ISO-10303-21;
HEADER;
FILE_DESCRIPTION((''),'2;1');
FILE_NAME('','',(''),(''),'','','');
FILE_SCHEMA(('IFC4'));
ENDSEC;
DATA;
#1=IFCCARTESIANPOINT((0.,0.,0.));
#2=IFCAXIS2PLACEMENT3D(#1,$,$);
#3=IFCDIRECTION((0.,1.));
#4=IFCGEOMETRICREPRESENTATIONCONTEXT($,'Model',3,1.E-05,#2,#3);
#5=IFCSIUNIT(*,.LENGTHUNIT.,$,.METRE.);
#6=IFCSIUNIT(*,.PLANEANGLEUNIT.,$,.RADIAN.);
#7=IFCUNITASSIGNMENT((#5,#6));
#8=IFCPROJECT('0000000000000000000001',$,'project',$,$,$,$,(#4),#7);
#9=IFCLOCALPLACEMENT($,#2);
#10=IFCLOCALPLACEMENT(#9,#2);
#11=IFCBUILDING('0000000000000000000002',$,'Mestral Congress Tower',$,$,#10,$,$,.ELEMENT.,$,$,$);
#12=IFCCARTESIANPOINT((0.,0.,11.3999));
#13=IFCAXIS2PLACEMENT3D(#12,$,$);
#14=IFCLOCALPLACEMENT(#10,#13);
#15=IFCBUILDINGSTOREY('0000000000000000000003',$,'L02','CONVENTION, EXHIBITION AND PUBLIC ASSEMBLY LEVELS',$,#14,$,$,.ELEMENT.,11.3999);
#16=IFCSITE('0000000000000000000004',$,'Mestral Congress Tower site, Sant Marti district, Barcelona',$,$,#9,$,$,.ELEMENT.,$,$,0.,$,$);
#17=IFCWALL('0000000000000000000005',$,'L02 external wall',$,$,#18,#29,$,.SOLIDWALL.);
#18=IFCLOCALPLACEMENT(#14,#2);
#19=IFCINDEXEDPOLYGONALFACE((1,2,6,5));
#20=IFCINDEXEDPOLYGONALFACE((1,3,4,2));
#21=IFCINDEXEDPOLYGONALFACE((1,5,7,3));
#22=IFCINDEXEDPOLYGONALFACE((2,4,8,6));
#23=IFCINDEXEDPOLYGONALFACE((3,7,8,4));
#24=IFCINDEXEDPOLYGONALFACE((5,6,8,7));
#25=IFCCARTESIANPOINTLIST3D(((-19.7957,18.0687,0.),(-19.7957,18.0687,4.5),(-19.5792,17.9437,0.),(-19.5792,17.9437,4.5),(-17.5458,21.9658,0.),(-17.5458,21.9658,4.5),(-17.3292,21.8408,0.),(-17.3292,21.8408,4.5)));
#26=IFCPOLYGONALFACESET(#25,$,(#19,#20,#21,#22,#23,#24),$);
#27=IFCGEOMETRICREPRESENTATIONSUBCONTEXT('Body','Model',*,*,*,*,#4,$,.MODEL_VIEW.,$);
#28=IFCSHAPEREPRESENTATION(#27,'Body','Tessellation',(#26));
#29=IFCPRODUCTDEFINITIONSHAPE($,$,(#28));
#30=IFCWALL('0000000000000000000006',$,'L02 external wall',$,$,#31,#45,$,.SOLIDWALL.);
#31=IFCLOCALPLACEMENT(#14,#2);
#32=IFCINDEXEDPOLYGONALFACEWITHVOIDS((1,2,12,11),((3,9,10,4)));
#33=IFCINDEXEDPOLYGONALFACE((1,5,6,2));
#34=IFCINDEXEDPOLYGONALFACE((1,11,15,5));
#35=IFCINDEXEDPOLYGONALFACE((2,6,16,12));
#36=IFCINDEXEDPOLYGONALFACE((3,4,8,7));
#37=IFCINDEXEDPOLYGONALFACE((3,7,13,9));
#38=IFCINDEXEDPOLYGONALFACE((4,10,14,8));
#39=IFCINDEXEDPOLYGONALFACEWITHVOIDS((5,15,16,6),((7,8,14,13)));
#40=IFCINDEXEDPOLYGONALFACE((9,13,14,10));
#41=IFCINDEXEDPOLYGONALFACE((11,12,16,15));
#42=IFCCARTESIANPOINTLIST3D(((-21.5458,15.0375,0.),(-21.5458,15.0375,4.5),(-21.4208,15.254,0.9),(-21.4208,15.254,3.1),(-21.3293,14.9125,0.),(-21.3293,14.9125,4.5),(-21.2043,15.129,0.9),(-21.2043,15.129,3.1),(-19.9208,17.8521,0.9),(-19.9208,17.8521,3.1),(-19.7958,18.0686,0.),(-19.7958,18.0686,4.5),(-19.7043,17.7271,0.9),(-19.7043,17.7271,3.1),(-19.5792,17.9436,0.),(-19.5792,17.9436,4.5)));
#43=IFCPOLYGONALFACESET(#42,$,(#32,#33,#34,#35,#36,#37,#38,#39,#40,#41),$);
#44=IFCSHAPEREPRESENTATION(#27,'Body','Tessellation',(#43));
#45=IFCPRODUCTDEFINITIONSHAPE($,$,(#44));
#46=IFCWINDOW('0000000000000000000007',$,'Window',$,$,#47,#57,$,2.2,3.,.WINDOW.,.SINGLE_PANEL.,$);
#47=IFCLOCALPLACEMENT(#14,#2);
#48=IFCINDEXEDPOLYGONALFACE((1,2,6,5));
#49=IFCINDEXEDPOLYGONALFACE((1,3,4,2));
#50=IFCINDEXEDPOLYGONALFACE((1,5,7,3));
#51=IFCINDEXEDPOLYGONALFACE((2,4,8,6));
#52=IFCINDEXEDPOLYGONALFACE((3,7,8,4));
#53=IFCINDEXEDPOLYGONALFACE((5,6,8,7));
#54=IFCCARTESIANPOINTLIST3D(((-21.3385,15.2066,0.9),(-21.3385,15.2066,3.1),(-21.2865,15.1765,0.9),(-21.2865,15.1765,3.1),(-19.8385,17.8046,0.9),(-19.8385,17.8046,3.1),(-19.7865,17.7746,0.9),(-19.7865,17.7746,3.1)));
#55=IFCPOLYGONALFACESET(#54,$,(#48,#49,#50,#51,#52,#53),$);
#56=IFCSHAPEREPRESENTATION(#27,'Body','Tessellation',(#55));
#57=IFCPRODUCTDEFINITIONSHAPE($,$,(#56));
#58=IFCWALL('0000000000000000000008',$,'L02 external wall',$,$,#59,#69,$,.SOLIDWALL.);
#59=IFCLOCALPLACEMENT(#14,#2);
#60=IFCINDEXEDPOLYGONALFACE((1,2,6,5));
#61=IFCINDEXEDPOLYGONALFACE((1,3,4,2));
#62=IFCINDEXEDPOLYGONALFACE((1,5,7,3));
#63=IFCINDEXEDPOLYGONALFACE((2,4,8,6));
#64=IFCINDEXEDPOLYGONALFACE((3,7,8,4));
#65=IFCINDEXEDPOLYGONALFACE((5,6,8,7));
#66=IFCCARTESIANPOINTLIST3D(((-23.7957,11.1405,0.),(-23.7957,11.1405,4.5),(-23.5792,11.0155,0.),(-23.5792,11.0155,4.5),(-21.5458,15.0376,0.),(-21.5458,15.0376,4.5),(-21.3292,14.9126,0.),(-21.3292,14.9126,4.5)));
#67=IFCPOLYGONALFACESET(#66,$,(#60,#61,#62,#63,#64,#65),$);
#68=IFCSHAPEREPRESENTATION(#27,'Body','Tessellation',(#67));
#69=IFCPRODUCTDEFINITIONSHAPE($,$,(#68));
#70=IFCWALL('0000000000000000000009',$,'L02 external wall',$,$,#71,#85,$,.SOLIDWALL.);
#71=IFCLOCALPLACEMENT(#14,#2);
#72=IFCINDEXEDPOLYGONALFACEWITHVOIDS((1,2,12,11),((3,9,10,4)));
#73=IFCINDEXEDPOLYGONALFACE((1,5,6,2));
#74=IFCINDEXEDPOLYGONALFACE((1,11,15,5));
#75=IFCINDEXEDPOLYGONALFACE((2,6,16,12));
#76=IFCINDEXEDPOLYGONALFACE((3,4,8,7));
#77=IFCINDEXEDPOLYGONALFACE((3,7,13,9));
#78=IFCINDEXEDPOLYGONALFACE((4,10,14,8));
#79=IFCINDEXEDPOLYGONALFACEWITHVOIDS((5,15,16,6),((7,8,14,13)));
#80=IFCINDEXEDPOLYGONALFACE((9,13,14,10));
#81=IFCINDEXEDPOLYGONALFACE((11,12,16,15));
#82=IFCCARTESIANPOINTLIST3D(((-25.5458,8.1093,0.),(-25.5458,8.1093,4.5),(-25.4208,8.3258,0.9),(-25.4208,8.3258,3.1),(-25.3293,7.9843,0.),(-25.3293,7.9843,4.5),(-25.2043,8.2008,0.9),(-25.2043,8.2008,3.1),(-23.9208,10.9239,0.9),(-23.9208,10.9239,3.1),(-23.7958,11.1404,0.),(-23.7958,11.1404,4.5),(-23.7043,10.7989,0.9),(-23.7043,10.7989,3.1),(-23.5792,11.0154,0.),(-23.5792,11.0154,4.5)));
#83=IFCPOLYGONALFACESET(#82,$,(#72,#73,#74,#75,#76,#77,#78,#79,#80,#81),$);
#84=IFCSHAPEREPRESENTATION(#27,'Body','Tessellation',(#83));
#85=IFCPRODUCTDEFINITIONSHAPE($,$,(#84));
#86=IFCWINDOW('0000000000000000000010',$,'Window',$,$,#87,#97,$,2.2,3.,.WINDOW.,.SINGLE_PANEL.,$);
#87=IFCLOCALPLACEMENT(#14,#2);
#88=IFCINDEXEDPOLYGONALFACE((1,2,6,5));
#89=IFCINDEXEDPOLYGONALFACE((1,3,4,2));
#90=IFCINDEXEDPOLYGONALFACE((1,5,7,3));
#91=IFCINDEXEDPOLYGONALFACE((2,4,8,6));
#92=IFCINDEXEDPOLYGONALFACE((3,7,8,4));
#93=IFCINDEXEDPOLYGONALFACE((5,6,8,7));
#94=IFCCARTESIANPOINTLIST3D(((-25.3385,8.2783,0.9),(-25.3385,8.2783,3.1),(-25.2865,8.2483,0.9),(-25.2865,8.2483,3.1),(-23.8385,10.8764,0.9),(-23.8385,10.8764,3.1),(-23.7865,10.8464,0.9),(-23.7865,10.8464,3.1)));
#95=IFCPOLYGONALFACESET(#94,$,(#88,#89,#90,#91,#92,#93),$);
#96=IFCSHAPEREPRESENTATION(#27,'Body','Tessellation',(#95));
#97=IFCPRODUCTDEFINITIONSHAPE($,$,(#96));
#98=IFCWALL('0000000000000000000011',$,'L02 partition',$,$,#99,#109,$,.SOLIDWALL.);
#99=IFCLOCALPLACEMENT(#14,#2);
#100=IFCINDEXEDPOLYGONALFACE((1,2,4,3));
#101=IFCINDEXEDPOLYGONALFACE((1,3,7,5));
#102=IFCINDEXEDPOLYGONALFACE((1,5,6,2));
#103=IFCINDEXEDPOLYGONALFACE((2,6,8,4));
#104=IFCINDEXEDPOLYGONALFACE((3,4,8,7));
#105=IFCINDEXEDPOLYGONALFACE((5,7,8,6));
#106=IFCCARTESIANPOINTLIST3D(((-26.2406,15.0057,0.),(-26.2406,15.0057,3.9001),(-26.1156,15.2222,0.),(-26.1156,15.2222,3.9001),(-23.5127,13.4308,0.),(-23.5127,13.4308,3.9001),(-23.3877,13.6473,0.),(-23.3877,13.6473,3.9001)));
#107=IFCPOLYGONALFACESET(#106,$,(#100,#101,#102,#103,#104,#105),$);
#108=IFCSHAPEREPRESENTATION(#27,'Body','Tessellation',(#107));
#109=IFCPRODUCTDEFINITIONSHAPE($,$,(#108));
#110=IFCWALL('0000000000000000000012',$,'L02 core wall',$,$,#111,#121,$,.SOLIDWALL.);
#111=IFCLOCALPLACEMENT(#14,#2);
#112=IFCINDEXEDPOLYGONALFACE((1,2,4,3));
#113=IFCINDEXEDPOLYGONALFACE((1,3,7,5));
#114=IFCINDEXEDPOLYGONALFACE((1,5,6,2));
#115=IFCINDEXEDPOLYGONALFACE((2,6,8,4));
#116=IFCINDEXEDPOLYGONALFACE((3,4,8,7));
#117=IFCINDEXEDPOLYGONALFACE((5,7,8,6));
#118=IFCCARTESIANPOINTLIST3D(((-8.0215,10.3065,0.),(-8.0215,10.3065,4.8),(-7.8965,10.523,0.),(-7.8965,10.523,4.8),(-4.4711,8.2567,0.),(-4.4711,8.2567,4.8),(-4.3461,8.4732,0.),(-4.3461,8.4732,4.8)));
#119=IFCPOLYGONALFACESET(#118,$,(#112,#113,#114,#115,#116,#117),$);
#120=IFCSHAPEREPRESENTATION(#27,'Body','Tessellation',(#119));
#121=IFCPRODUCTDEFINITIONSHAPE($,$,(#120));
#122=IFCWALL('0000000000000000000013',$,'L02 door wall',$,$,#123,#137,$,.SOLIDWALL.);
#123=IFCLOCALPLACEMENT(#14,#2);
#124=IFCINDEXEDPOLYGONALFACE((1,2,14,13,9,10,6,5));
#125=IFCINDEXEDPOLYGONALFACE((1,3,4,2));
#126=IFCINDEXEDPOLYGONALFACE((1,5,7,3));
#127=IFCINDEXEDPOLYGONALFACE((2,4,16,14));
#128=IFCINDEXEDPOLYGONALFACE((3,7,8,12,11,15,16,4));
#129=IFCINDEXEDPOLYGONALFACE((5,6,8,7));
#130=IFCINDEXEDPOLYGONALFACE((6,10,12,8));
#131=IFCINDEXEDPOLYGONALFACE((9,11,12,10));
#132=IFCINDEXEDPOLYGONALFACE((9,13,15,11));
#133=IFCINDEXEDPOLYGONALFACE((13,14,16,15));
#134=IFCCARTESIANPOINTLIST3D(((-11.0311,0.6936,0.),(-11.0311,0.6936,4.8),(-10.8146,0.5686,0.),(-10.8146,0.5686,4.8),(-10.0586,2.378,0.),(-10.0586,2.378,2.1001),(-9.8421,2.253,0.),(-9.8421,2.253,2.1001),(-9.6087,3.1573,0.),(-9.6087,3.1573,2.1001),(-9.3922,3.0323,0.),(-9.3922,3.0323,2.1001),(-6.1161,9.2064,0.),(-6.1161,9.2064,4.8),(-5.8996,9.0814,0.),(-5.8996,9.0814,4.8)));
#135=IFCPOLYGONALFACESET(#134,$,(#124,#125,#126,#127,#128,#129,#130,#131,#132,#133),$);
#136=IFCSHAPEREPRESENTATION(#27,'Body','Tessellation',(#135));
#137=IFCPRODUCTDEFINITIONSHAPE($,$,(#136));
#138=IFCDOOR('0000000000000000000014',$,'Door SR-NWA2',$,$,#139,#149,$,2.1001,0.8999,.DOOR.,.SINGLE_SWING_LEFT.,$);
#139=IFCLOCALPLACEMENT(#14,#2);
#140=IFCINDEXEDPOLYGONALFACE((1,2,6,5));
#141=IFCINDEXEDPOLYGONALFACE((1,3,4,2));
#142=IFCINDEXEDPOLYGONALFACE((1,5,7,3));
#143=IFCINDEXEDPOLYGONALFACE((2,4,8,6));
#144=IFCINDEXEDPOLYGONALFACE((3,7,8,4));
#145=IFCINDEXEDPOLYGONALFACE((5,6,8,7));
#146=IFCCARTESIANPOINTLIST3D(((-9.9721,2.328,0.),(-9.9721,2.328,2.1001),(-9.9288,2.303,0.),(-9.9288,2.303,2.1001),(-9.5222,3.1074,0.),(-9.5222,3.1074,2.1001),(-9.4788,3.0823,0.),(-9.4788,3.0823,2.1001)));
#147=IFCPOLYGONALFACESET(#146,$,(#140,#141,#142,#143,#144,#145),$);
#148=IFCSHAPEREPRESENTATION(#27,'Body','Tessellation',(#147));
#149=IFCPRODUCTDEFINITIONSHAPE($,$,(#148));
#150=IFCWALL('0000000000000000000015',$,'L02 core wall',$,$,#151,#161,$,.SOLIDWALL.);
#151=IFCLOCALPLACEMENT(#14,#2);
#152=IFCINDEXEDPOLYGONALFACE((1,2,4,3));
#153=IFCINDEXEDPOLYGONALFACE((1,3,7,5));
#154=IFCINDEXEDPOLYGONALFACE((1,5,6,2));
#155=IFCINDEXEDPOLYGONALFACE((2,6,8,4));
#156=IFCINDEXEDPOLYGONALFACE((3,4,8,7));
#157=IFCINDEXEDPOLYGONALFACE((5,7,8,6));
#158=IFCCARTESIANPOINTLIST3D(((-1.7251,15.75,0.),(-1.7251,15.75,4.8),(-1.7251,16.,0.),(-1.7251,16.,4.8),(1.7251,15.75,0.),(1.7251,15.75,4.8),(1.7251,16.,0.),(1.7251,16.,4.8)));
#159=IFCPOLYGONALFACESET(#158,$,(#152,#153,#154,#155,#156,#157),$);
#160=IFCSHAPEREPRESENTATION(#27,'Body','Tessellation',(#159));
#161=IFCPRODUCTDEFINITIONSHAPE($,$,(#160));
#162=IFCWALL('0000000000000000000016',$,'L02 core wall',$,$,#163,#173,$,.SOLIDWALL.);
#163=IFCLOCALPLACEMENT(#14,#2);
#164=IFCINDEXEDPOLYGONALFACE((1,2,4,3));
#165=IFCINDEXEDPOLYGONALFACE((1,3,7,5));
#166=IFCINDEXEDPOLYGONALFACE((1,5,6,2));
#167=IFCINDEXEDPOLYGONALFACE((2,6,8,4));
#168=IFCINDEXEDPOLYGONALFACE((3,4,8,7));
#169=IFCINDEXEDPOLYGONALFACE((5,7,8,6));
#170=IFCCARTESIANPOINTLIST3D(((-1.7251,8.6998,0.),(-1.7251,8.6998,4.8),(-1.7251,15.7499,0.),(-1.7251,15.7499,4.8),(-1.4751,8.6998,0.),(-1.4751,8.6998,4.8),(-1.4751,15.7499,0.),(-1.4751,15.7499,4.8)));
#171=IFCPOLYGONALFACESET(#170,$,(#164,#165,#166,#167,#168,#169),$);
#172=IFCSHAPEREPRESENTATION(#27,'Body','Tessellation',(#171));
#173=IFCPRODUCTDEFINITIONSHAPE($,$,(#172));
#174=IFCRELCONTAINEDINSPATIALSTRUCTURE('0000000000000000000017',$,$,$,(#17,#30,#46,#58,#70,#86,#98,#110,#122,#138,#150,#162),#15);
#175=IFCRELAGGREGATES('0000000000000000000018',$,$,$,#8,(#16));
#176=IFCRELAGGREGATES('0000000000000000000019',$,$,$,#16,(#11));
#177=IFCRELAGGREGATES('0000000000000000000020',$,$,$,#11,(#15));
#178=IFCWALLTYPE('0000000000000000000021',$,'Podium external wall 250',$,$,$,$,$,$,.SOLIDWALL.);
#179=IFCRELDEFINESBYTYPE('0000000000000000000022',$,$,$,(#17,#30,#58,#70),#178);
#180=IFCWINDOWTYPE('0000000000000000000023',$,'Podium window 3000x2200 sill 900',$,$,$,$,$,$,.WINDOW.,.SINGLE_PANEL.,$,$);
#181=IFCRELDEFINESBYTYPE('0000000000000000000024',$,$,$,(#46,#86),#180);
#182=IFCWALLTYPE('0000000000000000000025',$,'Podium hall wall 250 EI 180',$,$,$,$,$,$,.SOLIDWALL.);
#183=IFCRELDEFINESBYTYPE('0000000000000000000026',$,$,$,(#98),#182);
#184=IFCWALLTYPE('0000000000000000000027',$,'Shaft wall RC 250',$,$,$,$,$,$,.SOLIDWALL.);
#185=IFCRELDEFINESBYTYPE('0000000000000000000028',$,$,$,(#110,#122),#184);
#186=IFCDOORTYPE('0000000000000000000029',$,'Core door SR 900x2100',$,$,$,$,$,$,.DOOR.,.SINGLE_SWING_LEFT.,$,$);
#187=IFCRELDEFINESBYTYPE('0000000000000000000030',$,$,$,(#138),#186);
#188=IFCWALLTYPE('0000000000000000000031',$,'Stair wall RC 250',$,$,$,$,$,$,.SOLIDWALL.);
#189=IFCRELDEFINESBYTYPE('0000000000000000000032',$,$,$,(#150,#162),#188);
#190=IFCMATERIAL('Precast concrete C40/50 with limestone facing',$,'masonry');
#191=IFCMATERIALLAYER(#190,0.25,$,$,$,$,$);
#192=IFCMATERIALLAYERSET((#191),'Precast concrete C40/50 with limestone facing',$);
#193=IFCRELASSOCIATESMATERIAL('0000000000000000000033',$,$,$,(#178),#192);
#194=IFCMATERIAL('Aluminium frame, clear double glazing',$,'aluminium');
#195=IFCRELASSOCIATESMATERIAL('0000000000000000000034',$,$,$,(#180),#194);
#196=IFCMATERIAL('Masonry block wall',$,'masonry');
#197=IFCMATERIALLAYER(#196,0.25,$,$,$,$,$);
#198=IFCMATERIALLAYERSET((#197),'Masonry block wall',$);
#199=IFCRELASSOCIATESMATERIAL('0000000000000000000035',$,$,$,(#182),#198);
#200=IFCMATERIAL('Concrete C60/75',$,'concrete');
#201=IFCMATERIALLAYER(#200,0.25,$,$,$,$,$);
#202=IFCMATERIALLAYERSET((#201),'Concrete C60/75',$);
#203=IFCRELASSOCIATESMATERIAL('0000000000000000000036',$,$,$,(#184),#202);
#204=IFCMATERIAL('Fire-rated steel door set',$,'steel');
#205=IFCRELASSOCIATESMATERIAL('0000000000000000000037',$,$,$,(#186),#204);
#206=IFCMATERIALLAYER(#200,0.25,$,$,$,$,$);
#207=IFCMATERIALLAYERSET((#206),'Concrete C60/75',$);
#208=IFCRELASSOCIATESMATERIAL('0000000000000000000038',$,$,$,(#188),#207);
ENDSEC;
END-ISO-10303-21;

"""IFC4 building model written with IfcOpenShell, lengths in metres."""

from ifc_helpers import new_model, si_unit, direction, frame, frame_2d, origin, place, context, subcontext, project, spatial, rectangle, extrude, material, layer, layer_set, type_object, element, fill, save


model = new_model("IFC4")

# Units and contexts
model_context = context("Model", 3, precision=1e-05, world=origin(), true_north=direction((0.0, 1.0)))
body_context = subcontext(model_context, "Body", "Model", "MODEL_VIEW")
ifc_project = project(units=[si_unit("LENGTHUNIT", "METRE"), si_unit("PLANEANGLEUNIT", "RADIAN")], contexts=[model_context])

# Site, building, storey
site_placement = place(None, origin())
site = spatial("IfcSite", under=ifc_project, at=site_placement, Name="Mestral Congress Tower site, Sant Marti district, Barcelona", CompositionType="ELEMENT", RefElevation=0.0)
building_placement = place(site_placement, origin())
building = spatial("IfcBuilding", under=site, at=building_placement, Name="Mestral Congress Tower", CompositionType="ELEMENT")
storey_placement = place(building_placement, frame((0.0, 0.0, 11.3999)))
storey = spatial("IfcBuildingStorey", under=building, at=storey_placement, Name="L02", Description="CONVENTION, EXHIBITION AND PUBLIC ASSEMBLY LEVELS", CompositionType="ELEMENT", Elevation=11.3999)

# Wall
ifc_material_1 = material(Name="Concrete C60/75", Category="concrete")
ifc_material_2 = material(Name="Precast concrete C40/50 with limestone facing", Category="masonry")
ifc_layer_1 = layer(ifc_material_2, 0.25)
ifc_layer_set_1 = layer_set([ifc_layer_1], Name="Precast concrete C40/50 with limestone facing")
wall_type_1 = type_object("IfcWallType", Name="Podium external wall 250", PredefinedType="SOLIDWALL", material=ifc_layer_set_1)
wall_1_placement = place(storey_placement, frame((-17.4375, 21.9033, 0.0), z_axis=(0.0, 0.0, 1.0), x_axis=(-0.49999, -0.866031, 0.0)))
element("IfcWall", 1, at=wall_1_placement, inside=storey, type_object=wall_type_1, Name="L02 external wall", PredefinedType="SOLIDWALL", context=body_context, shape_type="SweptSolid", body=[
    extrude(rectangle(XDim=4.5, YDim=0.25, at=frame_2d((2.25, 0.0))), origin(), (0.0, 0.0, 1.0), 4.5),
])

# Wall, opening, window
wall_2_placement = place(storey_placement, frame((-19.6875, 18.0061, 0.0), z_axis=(0.0, 0.0, 1.0), x_axis=(-0.50001, -0.866019, 0.0)))
wall_2 = element("IfcWall", 2, at=wall_2_placement, inside=storey, type_object=wall_type_1, Name="L02 external wall", PredefinedType="SOLIDWALL", context=body_context, shape_type="SweptSolid", body=[
    extrude(rectangle(XDim=3.5, YDim=0.25, at=frame_2d((1.75, 0.0))), origin(), (0.0, 0.0, 1.0), 4.5),
])
opening_1_placement = place(wall_2_placement, frame((0.25, 0.0, 0.8999)))
opening_1 = element("IfcOpeningElement", 3, at=opening_1_placement, cuts=wall_2, PredefinedType="OPENING", context=body_context, shape_type="SweptSolid", body=[
    extrude(rectangle(XDim=3.0, YDim=2.2, at=frame_2d((1.5, 1.1001))), frame((0.0, 0.135, 0.0), z_axis=(0.0, -1.0, 0.0), x_axis=(1.0, 0.0, 0.0)), (0.0, 0.0, 1.0), 0.27),
])
ifc_material_3 = material(Name="Aluminium frame, clear double glazing", Category="aluminium")
window_type = type_object("IfcWindowType", Name="Podium window 3000x2200 sill 900", PartitioningType="SINGLE_PANEL", PredefinedType="WINDOW", material=ifc_material_3)
window_1_placement = place(opening_1_placement, origin())
window_1 = element("IfcWindow", 4, at=window_1_placement, inside=storey, type_object=window_type, Name="Window", OverallHeight=2.2, OverallWidth=3.0, PartitioningType="SINGLE_PANEL", PredefinedType="WINDOW", context=body_context, shape_type="SweptSolid", body=[
    extrude(rectangle(XDim=3.0, YDim=2.2, at=frame_2d((1.5, 1.1001))), frame((0.0, 0.03, 0.0), z_axis=(0.0, -1.0, 0.0), x_axis=(1.0, 0.0, 0.0)), (0.0, 0.0, 1.0), 0.0601),
])
fill(opening_1, window_1)

# Wall
wall_3_placement = place(storey_placement, frame((-21.4375, 14.9751, 0.0), z_axis=(0.0, 0.0, 1.0), x_axis=(-0.49999, -0.866031, 0.0)))
element("IfcWall", 5, at=wall_3_placement, inside=storey, type_object=wall_type_1, Name="L02 external wall", PredefinedType="SOLIDWALL", context=body_context, shape_type="SweptSolid", body=[
    extrude(rectangle(XDim=4.5, YDim=0.25, at=frame_2d((2.25, 0.0))), origin(), (0.0, 0.0, 1.0), 4.5),
])

# Wall, opening, window
wall_4_placement = place(storey_placement, frame((-23.6875, 11.0779, 0.0), z_axis=(0.0, 0.0, 1.0), x_axis=(-0.50001, -0.866019, 0.0)))
wall_4 = element("IfcWall", 6, at=wall_4_placement, inside=storey, type_object=wall_type_1, Name="L02 external wall", PredefinedType="SOLIDWALL", context=body_context, shape_type="SweptSolid", body=[
    extrude(rectangle(XDim=3.5, YDim=0.25, at=frame_2d((1.75, 0.0))), origin(), (0.0, 0.0, 1.0), 4.5),
])
opening_2_placement = place(wall_4_placement, frame((0.25, 0.0, 0.8999)))
opening_2 = element("IfcOpeningElement", 7, at=opening_2_placement, cuts=wall_4, PredefinedType="OPENING", context=body_context, shape_type="SweptSolid", body=[
    extrude(rectangle(XDim=3.0, YDim=2.2, at=frame_2d((1.5, 1.1001))), frame((0.0, 0.135, 0.0), z_axis=(0.0, -1.0, 0.0), x_axis=(1.0, 0.0, 0.0)), (0.0, 0.0, 1.0), 0.27),
])
window_2_placement = place(opening_2_placement, origin())
window_2 = element("IfcWindow", 8, at=window_2_placement, inside=storey, type_object=window_type, Name="Window", OverallHeight=2.2, OverallWidth=3.0, PartitioningType="SINGLE_PANEL", PredefinedType="WINDOW", context=body_context, shape_type="SweptSolid", body=[
    extrude(rectangle(XDim=3.0, YDim=2.2, at=frame_2d((1.5, 1.1001))), frame((0.0, 0.03, 0.0), z_axis=(0.0, -1.0, 0.0), x_axis=(1.0, 0.0, 0.0)), (0.0, 0.0, 1.0), 0.0601),
])
fill(opening_2, window_2)

# Walls
ifc_material_4 = material(Name="Masonry block wall", Category="masonry")
ifc_layer_2 = layer(ifc_material_4, 0.25)
ifc_layer_set_2 = layer_set([ifc_layer_2], Name="Masonry block wall")
wall_type_2 = type_object("IfcWallType", Name="Podium hall wall 250 EI 180", PredefinedType="SOLIDWALL", material=ifc_layer_set_2)
wall_5_placement = place(storey_placement, frame((-23.4502, 13.5391, 0.0), z_axis=(0.0, 0.0, 1.0), x_axis=(-0.866036, 0.499982, 0.0)))
element("IfcWall", 9, at=wall_5_placement, inside=storey, type_object=wall_type_2, Name="L02 partition", PredefinedType="SOLIDWALL", context=body_context, shape_type="SweptSolid", body=[
    extrude(rectangle(XDim=3.1499, YDim=0.25, at=frame_2d((1.575, 0.0))), origin(), (0.0, 0.0, 1.0), 3.9001),
])
ifc_layer_3 = layer(ifc_material_1, 0.25)
ifc_layer_set_3 = layer_set([ifc_layer_3], Name="Concrete C60/75")
wall_type_3 = type_object("IfcWallType", Name="Shaft wall RC 250", PredefinedType="SOLIDWALL", material=ifc_layer_set_3)
wall_6_placement = place(storey_placement, frame((-7.959, 10.4148, 0.0), z_axis=(0.0, 0.0, 1.0), x_axis=(0.866021, -0.500008, 0.0)))
element("IfcWall", 10, at=wall_6_placement, inside=storey, type_object=wall_type_3, Name="L02 core wall", PredefinedType="SOLIDWALL", context=body_context, shape_type="SweptSolid", body=[
    extrude(rectangle(XDim=4.0996, YDim=0.25, at=frame_2d((2.0498, 0.0))), origin(), (0.0, 0.0, 1.0), 4.8),
])

# Wall, opening, door
wall_7_placement = place(storey_placement, frame((-6.0078, 9.144, 0.0), z_axis=(0.0, 0.0, 1.0), x_axis=(-0.500007, -0.866021, 0.0)))
wall_7 = element("IfcWall", 11, at=wall_7_placement, inside=storey, type_object=wall_type_3, Name="L02 door wall", PredefinedType="SOLIDWALL", context=body_context, shape_type="SweptSolid", body=[
    extrude(rectangle(XDim=9.8298, YDim=0.25, at=frame_2d((4.915, 0.0))), origin(), (0.0, 0.0, 1.0), 4.8),
])
opening_3_placement = place(wall_7_placement, frame((6.9851, 0.0, 0.0)))
opening_3 = element("IfcOpeningElement", 12, at=opening_3_placement, cuts=wall_7, PredefinedType="OPENING", context=body_context, shape_type="SweptSolid", body=[
    extrude(rectangle(XDim=0.8999, YDim=2.1001, at=frame_2d((0.45, 1.05))), frame((0.0, 0.135, 0.0), z_axis=(0.0, -1.0, 0.0), x_axis=(1.0, 0.0, 0.0)), (0.0, 0.0, 1.0), 0.27),
])
ifc_material_5 = material(Name="Fire-rated steel door set", Category="steel")
door_type = type_object("IfcDoorType", Name="Core door SR 900x2100", OperationType="SINGLE_SWING_LEFT", PredefinedType="DOOR", material=ifc_material_5)
door_placement = place(opening_3_placement, origin())
door = element("IfcDoor", 13, at=door_placement, inside=storey, type_object=door_type, Name="Door SR-NWA2", OperationType="SINGLE_SWING_LEFT", OverallHeight=2.1001, OverallWidth=0.8999, PredefinedType="DOOR", context=body_context, shape_type="SweptSolid", body=[
    extrude(rectangle(XDim=0.8999, YDim=2.1001, at=frame_2d((0.45, 1.05))), frame((0.0, 0.0249, 0.0), z_axis=(0.0, -1.0, 0.0), x_axis=(1.0, 0.0, 0.0)), (0.0, 0.0, 1.0), 0.05),
])
fill(opening_3, door)

# Walls
ifc_layer_4 = layer(ifc_material_1, 0.25)
ifc_layer_set_4 = layer_set([ifc_layer_4], Name="Concrete C60/75")
wall_type_4 = type_object("IfcWallType", Name="Stair wall RC 250", PredefinedType="SOLIDWALL", material=ifc_layer_set_4)
wall_8_placement = place(storey_placement, frame((-1.7251, 15.875, 0.0), z_axis=(0.0, 0.0, 1.0), x_axis=(1.0, 0.0, 0.0)))
element("IfcWall", 14, at=wall_8_placement, inside=storey, type_object=wall_type_4, Name="L02 core wall", PredefinedType="SOLIDWALL", context=body_context, shape_type="SweptSolid", body=[
    extrude(rectangle(XDim=3.4502, YDim=0.25, at=frame_2d((1.7251, 0.0))), origin(), (0.0, 0.0, 1.0), 4.8),
])
wall_9_placement = place(storey_placement, frame((-1.6001, 8.7, 0.0), z_axis=(0.0, 0.0, 1.0), x_axis=(0.0, 1.0, 0.0)))
element("IfcWall", 15, at=wall_9_placement, inside=storey, type_object=wall_type_4, Name="L02 core wall", PredefinedType="SOLIDWALL", context=body_context, shape_type="SweptSolid", body=[
    extrude(rectangle(XDim=7.05, YDim=0.25, at=frame_2d((3.5249, 0.0))), origin(), (0.0, 0.0, 1.0), 4.8),
])

save(model, "model.ifc")
